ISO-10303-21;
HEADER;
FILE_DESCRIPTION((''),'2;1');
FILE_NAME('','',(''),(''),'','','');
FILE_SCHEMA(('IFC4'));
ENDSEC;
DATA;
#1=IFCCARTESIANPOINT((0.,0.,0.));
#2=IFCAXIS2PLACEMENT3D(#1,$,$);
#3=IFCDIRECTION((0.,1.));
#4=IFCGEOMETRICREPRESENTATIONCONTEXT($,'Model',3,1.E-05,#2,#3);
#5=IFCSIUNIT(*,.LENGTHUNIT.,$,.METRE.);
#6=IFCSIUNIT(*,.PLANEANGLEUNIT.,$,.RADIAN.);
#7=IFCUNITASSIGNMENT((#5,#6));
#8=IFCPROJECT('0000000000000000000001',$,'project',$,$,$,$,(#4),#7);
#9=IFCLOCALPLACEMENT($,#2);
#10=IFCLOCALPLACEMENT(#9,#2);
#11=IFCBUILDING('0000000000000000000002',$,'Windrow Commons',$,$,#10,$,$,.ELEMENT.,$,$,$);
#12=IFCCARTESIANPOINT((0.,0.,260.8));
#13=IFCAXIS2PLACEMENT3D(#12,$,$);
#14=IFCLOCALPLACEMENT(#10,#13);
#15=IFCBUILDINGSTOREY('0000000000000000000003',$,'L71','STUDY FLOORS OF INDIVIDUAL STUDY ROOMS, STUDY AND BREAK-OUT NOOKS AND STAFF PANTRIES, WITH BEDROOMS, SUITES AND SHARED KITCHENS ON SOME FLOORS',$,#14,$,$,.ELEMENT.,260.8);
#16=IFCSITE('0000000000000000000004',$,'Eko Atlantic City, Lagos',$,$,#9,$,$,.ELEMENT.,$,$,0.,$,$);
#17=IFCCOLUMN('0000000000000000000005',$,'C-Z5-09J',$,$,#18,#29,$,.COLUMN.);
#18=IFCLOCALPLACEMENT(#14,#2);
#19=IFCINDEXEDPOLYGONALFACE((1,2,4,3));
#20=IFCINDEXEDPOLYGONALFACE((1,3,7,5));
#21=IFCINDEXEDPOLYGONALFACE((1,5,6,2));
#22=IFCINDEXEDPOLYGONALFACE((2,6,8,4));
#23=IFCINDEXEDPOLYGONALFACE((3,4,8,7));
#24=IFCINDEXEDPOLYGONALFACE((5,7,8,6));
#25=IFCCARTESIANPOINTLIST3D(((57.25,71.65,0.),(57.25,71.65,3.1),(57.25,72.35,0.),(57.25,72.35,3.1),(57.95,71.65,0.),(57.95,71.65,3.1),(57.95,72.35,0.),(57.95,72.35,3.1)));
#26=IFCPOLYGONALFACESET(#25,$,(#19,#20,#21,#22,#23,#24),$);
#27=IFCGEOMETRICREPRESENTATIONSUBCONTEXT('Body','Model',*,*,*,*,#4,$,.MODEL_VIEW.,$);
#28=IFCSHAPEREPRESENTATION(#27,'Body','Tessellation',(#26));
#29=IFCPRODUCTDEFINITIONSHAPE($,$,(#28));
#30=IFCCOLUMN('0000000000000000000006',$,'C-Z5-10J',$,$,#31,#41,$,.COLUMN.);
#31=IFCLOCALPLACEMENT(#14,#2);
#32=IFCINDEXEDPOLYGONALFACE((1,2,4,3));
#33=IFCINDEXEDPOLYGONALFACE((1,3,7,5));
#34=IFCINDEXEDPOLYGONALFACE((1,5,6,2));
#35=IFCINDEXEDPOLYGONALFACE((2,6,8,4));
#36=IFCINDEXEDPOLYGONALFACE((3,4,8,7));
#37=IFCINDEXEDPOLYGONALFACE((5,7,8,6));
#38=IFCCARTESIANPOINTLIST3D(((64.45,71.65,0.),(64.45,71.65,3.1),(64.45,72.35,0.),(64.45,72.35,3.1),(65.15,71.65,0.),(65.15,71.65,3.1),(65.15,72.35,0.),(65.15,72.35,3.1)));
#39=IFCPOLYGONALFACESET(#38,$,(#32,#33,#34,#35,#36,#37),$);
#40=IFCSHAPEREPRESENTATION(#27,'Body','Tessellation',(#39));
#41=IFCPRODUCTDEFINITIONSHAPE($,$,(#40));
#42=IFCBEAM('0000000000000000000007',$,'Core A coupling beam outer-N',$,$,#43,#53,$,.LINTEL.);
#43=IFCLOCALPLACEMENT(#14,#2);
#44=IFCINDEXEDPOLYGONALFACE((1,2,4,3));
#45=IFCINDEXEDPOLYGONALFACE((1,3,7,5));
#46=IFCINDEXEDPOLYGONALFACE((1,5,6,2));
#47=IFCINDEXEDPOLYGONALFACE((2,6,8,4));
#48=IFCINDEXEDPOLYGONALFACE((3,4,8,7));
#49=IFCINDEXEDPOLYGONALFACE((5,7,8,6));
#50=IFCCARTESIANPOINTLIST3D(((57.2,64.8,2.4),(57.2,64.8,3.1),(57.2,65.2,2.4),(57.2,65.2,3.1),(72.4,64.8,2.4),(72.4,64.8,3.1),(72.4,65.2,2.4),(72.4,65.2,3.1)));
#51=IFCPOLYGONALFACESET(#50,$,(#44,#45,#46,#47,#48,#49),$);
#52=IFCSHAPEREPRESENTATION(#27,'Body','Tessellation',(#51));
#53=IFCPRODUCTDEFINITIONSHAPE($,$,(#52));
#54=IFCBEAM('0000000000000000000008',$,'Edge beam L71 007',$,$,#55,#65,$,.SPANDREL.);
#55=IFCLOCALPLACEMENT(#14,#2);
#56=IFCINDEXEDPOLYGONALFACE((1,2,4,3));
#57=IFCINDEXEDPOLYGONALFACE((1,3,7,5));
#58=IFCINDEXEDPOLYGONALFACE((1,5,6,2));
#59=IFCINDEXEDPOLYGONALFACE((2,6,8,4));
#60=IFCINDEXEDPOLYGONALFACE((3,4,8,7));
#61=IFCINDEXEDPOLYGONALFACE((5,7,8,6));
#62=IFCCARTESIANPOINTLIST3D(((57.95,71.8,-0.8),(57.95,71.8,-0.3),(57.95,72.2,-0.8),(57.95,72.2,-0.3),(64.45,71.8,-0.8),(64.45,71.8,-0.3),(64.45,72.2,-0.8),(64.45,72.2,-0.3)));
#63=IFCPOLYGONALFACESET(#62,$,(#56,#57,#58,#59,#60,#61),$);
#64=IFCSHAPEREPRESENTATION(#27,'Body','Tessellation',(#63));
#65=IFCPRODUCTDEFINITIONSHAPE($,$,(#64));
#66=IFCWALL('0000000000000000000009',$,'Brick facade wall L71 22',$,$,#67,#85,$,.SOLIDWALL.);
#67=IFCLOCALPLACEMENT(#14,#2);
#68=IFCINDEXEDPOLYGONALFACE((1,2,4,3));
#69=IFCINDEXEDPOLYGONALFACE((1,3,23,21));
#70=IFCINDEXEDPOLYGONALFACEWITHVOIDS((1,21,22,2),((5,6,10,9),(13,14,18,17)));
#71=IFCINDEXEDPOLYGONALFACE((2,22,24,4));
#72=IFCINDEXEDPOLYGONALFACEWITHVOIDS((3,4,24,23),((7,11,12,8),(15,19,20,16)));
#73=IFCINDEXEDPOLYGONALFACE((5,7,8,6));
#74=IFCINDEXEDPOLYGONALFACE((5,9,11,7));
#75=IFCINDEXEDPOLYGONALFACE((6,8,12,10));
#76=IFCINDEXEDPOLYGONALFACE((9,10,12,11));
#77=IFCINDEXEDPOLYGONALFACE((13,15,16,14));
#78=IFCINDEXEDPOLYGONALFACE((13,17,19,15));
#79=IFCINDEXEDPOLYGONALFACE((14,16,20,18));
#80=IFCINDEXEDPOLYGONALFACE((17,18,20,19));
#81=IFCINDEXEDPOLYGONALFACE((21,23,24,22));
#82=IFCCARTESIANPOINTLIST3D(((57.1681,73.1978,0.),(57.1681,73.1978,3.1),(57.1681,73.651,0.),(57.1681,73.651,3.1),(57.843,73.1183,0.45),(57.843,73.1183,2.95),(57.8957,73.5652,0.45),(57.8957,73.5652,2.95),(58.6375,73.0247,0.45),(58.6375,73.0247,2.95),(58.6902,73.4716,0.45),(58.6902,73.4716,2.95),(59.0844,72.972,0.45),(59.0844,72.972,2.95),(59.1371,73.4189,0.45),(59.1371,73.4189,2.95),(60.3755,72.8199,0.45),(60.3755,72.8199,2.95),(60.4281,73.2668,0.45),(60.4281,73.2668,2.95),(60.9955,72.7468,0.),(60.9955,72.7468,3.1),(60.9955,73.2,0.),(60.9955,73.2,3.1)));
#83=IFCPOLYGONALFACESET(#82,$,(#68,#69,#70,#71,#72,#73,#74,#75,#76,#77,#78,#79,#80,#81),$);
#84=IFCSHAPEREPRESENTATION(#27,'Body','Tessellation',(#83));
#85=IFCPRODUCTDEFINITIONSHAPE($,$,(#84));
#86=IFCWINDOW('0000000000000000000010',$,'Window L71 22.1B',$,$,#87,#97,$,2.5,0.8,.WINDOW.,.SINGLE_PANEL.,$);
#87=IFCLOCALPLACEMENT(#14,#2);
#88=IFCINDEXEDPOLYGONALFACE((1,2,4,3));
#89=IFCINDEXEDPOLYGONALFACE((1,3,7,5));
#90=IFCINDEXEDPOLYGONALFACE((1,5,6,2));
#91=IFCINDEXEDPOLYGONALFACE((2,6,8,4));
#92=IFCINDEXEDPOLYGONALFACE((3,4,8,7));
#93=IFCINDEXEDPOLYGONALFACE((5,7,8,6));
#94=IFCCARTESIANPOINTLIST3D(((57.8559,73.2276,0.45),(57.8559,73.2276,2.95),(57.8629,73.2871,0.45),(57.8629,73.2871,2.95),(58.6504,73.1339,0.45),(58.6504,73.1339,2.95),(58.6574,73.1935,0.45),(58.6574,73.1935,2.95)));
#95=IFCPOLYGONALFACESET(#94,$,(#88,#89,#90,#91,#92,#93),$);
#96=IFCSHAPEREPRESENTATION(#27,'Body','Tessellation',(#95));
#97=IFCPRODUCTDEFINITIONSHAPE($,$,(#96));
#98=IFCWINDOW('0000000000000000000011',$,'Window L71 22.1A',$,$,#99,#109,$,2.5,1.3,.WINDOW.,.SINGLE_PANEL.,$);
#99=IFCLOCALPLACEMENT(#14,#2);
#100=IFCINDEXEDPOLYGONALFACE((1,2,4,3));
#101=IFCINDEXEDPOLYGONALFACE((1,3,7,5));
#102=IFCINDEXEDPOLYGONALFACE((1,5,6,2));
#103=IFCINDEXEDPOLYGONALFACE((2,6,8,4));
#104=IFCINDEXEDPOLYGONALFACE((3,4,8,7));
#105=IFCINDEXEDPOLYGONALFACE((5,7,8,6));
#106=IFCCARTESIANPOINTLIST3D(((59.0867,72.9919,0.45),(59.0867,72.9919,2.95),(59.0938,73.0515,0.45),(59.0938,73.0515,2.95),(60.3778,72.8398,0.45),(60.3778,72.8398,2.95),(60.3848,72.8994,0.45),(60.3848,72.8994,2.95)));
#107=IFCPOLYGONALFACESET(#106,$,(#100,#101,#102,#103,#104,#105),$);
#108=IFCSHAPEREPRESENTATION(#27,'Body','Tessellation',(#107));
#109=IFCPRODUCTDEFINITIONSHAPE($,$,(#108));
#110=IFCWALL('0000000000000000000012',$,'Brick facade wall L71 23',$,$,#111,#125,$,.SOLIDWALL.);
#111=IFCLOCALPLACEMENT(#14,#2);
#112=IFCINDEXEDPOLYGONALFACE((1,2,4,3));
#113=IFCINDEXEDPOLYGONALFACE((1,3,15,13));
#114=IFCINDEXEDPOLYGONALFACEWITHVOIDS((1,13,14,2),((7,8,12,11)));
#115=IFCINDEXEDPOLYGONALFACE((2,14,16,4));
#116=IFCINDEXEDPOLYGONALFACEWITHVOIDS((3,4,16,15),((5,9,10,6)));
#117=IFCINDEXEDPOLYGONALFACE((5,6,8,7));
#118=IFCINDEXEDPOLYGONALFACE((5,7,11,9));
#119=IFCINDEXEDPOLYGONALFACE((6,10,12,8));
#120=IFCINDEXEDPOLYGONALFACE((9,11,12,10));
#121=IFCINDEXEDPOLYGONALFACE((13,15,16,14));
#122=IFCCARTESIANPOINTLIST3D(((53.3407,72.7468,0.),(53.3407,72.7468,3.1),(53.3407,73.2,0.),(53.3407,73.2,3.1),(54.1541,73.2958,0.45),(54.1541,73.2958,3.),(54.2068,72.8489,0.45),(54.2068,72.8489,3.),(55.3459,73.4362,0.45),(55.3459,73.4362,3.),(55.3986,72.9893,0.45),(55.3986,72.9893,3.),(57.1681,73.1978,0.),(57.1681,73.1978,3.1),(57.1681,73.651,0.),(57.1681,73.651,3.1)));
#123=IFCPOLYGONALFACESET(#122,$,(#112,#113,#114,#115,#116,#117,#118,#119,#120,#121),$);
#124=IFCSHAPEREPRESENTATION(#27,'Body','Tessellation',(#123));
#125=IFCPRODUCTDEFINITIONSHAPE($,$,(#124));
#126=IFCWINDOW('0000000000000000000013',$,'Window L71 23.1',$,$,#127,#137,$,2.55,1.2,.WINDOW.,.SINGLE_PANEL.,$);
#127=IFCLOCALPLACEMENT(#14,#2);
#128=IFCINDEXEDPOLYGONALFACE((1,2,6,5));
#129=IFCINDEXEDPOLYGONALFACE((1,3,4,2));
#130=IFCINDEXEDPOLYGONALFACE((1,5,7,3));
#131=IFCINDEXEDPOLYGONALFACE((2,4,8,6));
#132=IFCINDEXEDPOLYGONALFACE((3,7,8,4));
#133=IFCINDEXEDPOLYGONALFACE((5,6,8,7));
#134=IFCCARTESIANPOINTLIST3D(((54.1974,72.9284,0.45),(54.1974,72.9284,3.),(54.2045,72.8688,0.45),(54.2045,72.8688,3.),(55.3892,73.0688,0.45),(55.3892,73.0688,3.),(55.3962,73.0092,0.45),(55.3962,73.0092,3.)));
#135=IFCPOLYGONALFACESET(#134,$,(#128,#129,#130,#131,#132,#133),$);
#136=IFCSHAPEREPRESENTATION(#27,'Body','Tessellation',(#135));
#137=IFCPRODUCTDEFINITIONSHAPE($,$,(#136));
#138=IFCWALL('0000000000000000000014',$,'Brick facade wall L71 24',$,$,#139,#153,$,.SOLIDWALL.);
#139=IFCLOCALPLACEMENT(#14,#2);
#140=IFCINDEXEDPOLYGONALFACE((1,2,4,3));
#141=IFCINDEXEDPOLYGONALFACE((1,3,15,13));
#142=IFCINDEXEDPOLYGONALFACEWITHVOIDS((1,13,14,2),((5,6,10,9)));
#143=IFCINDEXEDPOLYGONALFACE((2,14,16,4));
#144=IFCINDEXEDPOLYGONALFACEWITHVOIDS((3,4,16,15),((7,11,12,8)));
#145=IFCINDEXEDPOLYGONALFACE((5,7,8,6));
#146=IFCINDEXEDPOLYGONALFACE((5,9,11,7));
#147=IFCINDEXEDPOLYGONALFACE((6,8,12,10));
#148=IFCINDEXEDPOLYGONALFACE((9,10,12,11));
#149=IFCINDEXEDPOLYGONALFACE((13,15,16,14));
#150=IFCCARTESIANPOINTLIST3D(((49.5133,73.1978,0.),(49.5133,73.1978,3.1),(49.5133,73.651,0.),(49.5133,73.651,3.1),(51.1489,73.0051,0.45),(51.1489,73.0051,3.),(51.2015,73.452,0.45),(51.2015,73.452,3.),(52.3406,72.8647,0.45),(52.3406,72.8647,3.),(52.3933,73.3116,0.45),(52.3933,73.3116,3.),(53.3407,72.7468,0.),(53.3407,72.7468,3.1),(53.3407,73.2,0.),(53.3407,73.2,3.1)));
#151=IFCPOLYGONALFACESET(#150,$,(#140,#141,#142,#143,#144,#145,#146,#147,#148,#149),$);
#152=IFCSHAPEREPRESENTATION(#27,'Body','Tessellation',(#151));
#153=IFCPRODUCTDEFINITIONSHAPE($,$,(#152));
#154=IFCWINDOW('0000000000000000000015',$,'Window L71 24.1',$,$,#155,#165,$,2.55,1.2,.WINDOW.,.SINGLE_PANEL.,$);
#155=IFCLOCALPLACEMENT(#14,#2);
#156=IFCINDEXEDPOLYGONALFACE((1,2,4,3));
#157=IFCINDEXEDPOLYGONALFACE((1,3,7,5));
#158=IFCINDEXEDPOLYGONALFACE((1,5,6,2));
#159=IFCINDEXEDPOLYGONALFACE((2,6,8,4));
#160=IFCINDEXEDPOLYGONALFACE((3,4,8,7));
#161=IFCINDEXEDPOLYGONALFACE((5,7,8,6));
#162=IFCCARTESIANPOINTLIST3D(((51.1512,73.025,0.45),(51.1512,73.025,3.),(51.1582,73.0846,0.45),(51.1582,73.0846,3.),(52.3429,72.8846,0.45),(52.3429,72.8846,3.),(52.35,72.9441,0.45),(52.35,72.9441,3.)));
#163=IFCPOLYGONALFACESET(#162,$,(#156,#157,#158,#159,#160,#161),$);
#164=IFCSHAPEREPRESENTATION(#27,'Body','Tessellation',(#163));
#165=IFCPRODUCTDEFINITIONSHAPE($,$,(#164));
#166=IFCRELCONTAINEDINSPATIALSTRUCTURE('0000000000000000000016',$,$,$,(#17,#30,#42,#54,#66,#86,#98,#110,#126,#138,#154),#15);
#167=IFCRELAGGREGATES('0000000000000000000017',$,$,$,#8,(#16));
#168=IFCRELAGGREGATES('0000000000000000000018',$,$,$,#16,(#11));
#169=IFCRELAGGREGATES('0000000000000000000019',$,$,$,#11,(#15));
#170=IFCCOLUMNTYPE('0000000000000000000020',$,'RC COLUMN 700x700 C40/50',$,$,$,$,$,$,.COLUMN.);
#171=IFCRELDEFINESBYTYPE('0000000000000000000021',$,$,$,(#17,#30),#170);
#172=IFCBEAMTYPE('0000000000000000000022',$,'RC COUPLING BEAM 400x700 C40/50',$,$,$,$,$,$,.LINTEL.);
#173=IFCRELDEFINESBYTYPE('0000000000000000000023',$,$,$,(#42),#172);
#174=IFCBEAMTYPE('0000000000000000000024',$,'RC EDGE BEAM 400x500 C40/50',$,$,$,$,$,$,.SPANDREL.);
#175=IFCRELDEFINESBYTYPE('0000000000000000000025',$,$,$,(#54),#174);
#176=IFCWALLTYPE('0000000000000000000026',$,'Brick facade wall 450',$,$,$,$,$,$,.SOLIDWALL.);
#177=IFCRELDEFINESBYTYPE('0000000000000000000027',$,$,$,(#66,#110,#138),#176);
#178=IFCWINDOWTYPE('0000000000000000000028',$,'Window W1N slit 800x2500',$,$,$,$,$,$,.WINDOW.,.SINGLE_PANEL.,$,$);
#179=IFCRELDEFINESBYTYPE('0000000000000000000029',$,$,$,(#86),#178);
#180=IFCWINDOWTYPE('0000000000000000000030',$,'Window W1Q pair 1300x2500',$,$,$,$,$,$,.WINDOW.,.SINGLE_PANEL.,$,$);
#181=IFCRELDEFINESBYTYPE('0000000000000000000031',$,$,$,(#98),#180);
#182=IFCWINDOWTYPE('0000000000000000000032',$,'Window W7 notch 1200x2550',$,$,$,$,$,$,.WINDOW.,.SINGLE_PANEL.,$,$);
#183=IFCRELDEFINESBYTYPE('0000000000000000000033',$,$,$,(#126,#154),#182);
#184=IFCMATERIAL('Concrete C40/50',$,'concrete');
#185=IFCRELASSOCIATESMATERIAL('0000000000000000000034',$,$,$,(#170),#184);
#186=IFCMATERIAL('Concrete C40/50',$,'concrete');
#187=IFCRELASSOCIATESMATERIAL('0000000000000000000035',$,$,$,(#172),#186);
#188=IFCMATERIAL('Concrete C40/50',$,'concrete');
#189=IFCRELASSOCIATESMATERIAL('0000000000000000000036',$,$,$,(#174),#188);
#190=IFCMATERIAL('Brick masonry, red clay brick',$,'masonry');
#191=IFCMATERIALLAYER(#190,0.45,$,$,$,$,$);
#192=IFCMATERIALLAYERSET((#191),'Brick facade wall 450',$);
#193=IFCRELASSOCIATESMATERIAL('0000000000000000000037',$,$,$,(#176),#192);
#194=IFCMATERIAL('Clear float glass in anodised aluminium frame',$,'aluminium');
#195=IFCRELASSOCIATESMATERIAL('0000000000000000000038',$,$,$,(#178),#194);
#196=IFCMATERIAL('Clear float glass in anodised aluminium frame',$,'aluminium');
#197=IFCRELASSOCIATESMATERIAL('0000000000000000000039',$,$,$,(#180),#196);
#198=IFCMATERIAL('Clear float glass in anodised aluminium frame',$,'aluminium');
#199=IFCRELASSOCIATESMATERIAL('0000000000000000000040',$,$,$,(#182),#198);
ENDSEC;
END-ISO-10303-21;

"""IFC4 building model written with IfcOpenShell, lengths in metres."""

from ifc_helpers import new_model, si_unit, direction, frame, frame_2d, origin, origin_2d, place, context, subcontext, project, spatial, polyline, rectangle, outline, extrude, material, layer, layer_set, material_profile, profile_set, type_object, element, fill, save


model = new_model("IFC4")

# Units and contexts
model_context = context("Model", 3, precision=1e-05, world=origin(), true_north=direction((0.0, 1.0)))
body_context = subcontext(model_context, "Body", "Model", "MODEL_VIEW")
ifc_project = project(units=[si_unit("LENGTHUNIT", "METRE"), si_unit("PLANEANGLEUNIT", "RADIAN")], contexts=[model_context])

# Site, building, storey
site_placement = place(None, origin())
site = spatial("IfcSite", under=ifc_project, at=site_placement, Name="Eko Atlantic City, Lagos", CompositionType="ELEMENT", RefElevation=0.0)
building_placement = place(site_placement, origin())
building = spatial("IfcBuilding", under=site, at=building_placement, Name="Windrow Commons", CompositionType="ELEMENT")
storey_placement = place(building_placement, frame((0.0, 0.0, 260.8)))
storey = spatial("IfcBuildingStorey", under=building, at=storey_placement, Name="L71", Description="STUDY FLOORS OF INDIVIDUAL STUDY ROOMS, STUDY AND BREAK-OUT NOOKS AND STAFF PANTRIES, WITH BEDROOMS, SUITES AND SHARED KITCHENS ON SOME FLOORS", CompositionType="ELEMENT", Elevation=260.8)

# Columns
ifc_material_1 = material(Name="Concrete C40/50", Category="concrete")
ifc_material_profile_1 = material_profile(ifc_material_1, rectangle(XDim=0.7, YDim=0.7, at=origin_2d()))
ifc_profile_set_1 = profile_set([ifc_material_profile_1], Name="Concrete C40/50")
column_type = type_object("IfcColumnType", Name="RC COLUMN 700x700 C40/50", PredefinedType="COLUMN", material=ifc_profile_set_1)
for number, where, z_axis, x_axis, name in (
    (1, (57.6, 72.0, 0.0), (0.0, 0.0, 1.0), (1.0, 0.0, 0.0), "C-Z5-09J"),
    (2, (64.8, 72.0, 0.0), (0.0, 0.0, 1.0), (1.0, 0.0, 0.0), "C-Z5-10J"),
):
    element("IfcColumn", number, at=place(storey_placement, frame(where, z_axis=z_axis, x_axis=x_axis)), inside=storey, type_object=column_type, Name=name, PredefinedType="COLUMN", context=body_context, shape_type="SweptSolid", body=[
        extrude(rectangle(XDim=0.7, YDim=0.7, at=origin_2d()), origin(), (0.0, 0.0, 1.0), 3.1),
    ])

# Beams
ifc_material_2 = material(Name="Concrete C40/50", Category="concrete")
ifc_material_profile_2 = material_profile(ifc_material_2, rectangle(XDim=0.4, YDim=0.7, at=origin_2d()))
ifc_profile_set_2 = profile_set([ifc_material_profile_2], Name="Concrete C40/50")
beam_type_1 = type_object("IfcBeamType", Name="RC COUPLING BEAM 400x700 C40/50", PredefinedType="LINTEL", material=ifc_profile_set_2)
beam_1_placement = place(storey_placement, frame((57.2, 65.0, 2.75), z_axis=(1.0, 0.0, 0.0), x_axis=(0.0, 1.0, 0.0)))
element("IfcBeam", 3, at=beam_1_placement, inside=storey, type_object=beam_type_1, Name="Core A coupling beam outer-N", PredefinedType="LINTEL", context=body_context, shape_type="SweptSolid", body=[
    extrude(rectangle(XDim=0.4, YDim=0.7, at=origin_2d()), origin(), (0.0, 0.0, 1.0), 15.2),
])
ifc_material_3 = material(Name="Concrete C40/50", Category="concrete")
ifc_material_profile_3 = material_profile(ifc_material_3, rectangle(XDim=0.4, YDim=0.5, at=origin_2d()))
ifc_profile_set_3 = profile_set([ifc_material_profile_3], Name="Concrete C40/50")
beam_type_2 = type_object("IfcBeamType", Name="RC EDGE BEAM 400x500 C40/50", PredefinedType="SPANDREL", material=ifc_profile_set_3)
beam_2_placement = place(storey_placement, frame((57.95, 72.0, -0.55), z_axis=(1.0, 0.0, 0.0), x_axis=(0.0, 1.0, 0.0)))
element("IfcBeam", 4, at=beam_2_placement, inside=storey, type_object=beam_type_2, Name="Edge beam L71 007", PredefinedType="SPANDREL", context=body_context, shape_type="SweptSolid", body=[
    extrude(rectangle(XDim=0.4, YDim=0.5, at=origin_2d()), origin(), (0.0, 0.0, 1.0), 6.5),
])

# Wall, openings, windows
ifc_material_4 = material(Name="Brick masonry, red clay brick", Category="masonry")
ifc_layer_1 = layer(ifc_material_4, 0.45)
ifc_layer_set_1 = layer_set([ifc_layer_1], Name="Brick facade wall 450")
wall_type_1 = type_object("IfcWallType", Name="Brick facade wall 450", PredefinedType="SOLIDWALL", material=ifc_layer_set_1)
wall_1_placement = place(storey_placement, frame((60.9955, 72.9734, 0.0), z_axis=(0.0, 0.0, 1.0), x_axis=(-0.993129, 0.117025, 0.0)))
wall_1 = element("IfcWall", 5, at=wall_1_placement, inside=storey, type_object=wall_type_1, Name="Brick facade wall L71 22", PredefinedType="SOLIDWALL", context=body_context, shape_type="SweptSolid", body=[
    extrude(outline(polyline([(0.0265, -0.225), (3.8804, -0.225), (3.8274, 0.225), (-0.0265, 0.225), (0.0265, -0.225)])), origin(), (0.0, 0.0, 1.0), 3.1),
])
opening_1_placement = place(wall_1_placement, frame((0.5978, 0.0, 0.45)))
opening_1 = element("IfcOpeningElement", 6, at=opening_1_placement, cuts=wall_1, PredefinedType="OPENING", context=body_context, shape_type="SweptSolid", body=[
    extrude(rectangle(XDim=1.3, YDim=2.5, at=frame_2d((0.65, 1.25))), frame((0.0, 0.235, 0.0), z_axis=(0.0, -1.0, 0.0), x_axis=(1.0, 0.0, 0.0)), (0.0, 0.0, 1.0), 0.47),
])
opening_2_placement = place(wall_1_placement, frame((2.3478, 0.0, 0.45)))
opening_2 = element("IfcOpeningElement", 7, at=opening_2_placement, cuts=wall_1, PredefinedType="OPENING", context=body_context, shape_type="SweptSolid", body=[
    extrude(rectangle(XDim=0.8, YDim=2.5, at=frame_2d((0.4, 1.25))), frame((0.0, 0.235, 0.0), z_axis=(0.0, -1.0, 0.0), x_axis=(1.0, 0.0, 0.0)), (0.0, 0.0, 1.0), 0.47),
])
ifc_material_5 = material(Name="Clear float glass in anodised aluminium frame", Category="aluminium")
window_type_1 = type_object("IfcWindowType", Name="Window W1N slit 800x2500", PartitioningType="SINGLE_PANEL", PredefinedType="WINDOW", material=ifc_material_5)
window_1_placement = place(opening_2_placement, origin())
window_1 = element("IfcWindow", 8, at=window_1_placement, inside=storey, type_object=window_type_1, Name="Window L71 22.1B", OverallHeight=2.5, OverallWidth=0.8, PartitioningType="SINGLE_PANEL", PredefinedType="WINDOW", context=body_context, shape_type="SweptSolid", body=[
    extrude(rectangle(XDim=0.8, YDim=2.5, at=frame_2d((0.4, 1.25))), frame((0.0, 0.115, 0.0), z_axis=(0.0, -1.0, 0.0), x_axis=(1.0, 0.0, 0.0)), (0.0, 0.0, 1.0), 0.06),
])
fill(opening_2, window_1)
ifc_material_6 = material(Name="Clear float glass in anodised aluminium frame", Category="aluminium")
window_type_2 = type_object("IfcWindowType", Name="Window W1Q pair 1300x2500", PartitioningType="SINGLE_PANEL", PredefinedType="WINDOW", material=ifc_material_6)
window_2_placement = place(opening_1_placement, origin())
window_2 = element("IfcWindow", 9, at=window_2_placement, inside=storey, type_object=window_type_2, Name="Window L71 22.1A", OverallHeight=2.5, OverallWidth=1.3, PartitioningType="SINGLE_PANEL", PredefinedType="WINDOW", context=body_context, shape_type="SweptSolid", body=[
    extrude(rectangle(XDim=1.3, YDim=2.5, at=frame_2d((0.65, 1.25))), frame((0.0, 0.205, 0.0), z_axis=(0.0, -1.0, 0.0), x_axis=(1.0, 0.0, 0.0)), (0.0, 0.0, 1.0), 0.06),
])
fill(opening_1, window_2)

# Walls, openings, windows
wall_2_placement = place(storey_placement, frame((57.1681, 73.4244, 0.0), z_axis=(0.0, 0.0, 1.0), x_axis=(-0.993129, -0.117025, 0.0)))
wall_2 = element("IfcWall", 10, at=wall_2_placement, inside=storey, type_object=wall_type_1, Name="Brick facade wall L71 23", PredefinedType="SOLIDWALL", context=body_context, shape_type="SweptSolid", body=[
    extrude(outline(polyline([(-0.0265, -0.225), (3.8274, -0.225), (3.8804, 0.225), (0.0265, 0.225), (-0.0265, -0.225)])), origin(), (0.0, 0.0, 1.0), 3.1),
])
opening_3_placement = place(wall_2_placement, frame((1.8083, 0.0, 0.45)))
opening_3 = element("IfcOpeningElement", 11, at=opening_3_placement, cuts=wall_2, PredefinedType="OPENING", context=body_context, shape_type="SweptSolid", body=[
    extrude(rectangle(XDim=1.2, YDim=2.55, at=frame_2d((0.6, 1.275))), frame((0.0, 0.235, 0.0), z_axis=(0.0, -1.0, 0.0), x_axis=(1.0, 0.0, 0.0)), (0.0, 0.0, 1.0), 0.47),
])
ifc_material_7 = material(Name="Clear float glass in anodised aluminium frame", Category="aluminium")
window_type_3 = type_object("IfcWindowType", Name="Window W7 notch 1200x2550", PartitioningType="SINGLE_PANEL", PredefinedType="WINDOW", material=ifc_material_7)
window_3_placement = place(opening_3_placement, origin())
window_3 = element("IfcWindow", 12, at=window_3_placement, inside=storey, type_object=window_type_3, Name="Window L71 23.1", OverallHeight=2.55, OverallWidth=1.2, PartitioningType="SINGLE_PANEL", PredefinedType="WINDOW", context=body_context, shape_type="SweptSolid", body=[
    extrude(rectangle(XDim=1.2, YDim=2.55, at=frame_2d((0.6, 1.275))), frame((0.0, 0.205, 0.0), z_axis=(0.0, -1.0, 0.0), x_axis=(1.0, 0.0, 0.0)), (0.0, 0.0, 1.0), 0.06),
])
fill(opening_3, window_3)
wall_3_placement = place(storey_placement, frame((53.3407, 72.9734, 0.0), z_axis=(0.0, 0.0, 1.0), x_axis=(-0.993129, 0.117025, 0.0)))
wall_3 = element("IfcWall", 13, at=wall_3_placement, inside=storey, type_object=wall_type_1, Name="Brick facade wall L71 24", PredefinedType="SOLIDWALL", context=body_context, shape_type="SweptSolid", body=[
    extrude(outline(polyline([(0.0265, -0.225), (3.8804, -0.225), (3.8274, 0.225), (-0.0265, 0.225), (0.0265, -0.225)])), origin(), (0.0, 0.0, 1.0), 3.1),
])
opening_4_placement = place(wall_3_placement, frame((0.9805, 0.0, 0.45)))
opening_4 = element("IfcOpeningElement", 14, at=opening_4_placement, cuts=wall_3, PredefinedType="OPENING", context=body_context, shape_type="SweptSolid", body=[
    extrude(rectangle(XDim=1.2, YDim=2.55, at=frame_2d((0.6, 1.275))), frame((0.0, 0.235, 0.0), z_axis=(0.0, -1.0, 0.0), x_axis=(1.0, 0.0, 0.0)), (0.0, 0.0, 1.0), 0.47),
])
window_4_placement = place(opening_4_placement, origin())
window_4 = element("IfcWindow", 15, at=window_4_placement, inside=storey, type_object=window_type_3, Name="Window L71 24.1", OverallHeight=2.55, OverallWidth=1.2, PartitioningType="SINGLE_PANEL", PredefinedType="WINDOW", context=body_context, shape_type="SweptSolid", body=[
    extrude(rectangle(XDim=1.2, YDim=2.55, at=frame_2d((0.6, 1.275))), frame((0.0, 0.205, 0.0), z_axis=(0.0, -1.0, 0.0), x_axis=(1.0, 0.0, 0.0)), (0.0, 0.0, 1.0), 0.06),
])
fill(opening_4, window_4)

save(model, "model.ifc")
